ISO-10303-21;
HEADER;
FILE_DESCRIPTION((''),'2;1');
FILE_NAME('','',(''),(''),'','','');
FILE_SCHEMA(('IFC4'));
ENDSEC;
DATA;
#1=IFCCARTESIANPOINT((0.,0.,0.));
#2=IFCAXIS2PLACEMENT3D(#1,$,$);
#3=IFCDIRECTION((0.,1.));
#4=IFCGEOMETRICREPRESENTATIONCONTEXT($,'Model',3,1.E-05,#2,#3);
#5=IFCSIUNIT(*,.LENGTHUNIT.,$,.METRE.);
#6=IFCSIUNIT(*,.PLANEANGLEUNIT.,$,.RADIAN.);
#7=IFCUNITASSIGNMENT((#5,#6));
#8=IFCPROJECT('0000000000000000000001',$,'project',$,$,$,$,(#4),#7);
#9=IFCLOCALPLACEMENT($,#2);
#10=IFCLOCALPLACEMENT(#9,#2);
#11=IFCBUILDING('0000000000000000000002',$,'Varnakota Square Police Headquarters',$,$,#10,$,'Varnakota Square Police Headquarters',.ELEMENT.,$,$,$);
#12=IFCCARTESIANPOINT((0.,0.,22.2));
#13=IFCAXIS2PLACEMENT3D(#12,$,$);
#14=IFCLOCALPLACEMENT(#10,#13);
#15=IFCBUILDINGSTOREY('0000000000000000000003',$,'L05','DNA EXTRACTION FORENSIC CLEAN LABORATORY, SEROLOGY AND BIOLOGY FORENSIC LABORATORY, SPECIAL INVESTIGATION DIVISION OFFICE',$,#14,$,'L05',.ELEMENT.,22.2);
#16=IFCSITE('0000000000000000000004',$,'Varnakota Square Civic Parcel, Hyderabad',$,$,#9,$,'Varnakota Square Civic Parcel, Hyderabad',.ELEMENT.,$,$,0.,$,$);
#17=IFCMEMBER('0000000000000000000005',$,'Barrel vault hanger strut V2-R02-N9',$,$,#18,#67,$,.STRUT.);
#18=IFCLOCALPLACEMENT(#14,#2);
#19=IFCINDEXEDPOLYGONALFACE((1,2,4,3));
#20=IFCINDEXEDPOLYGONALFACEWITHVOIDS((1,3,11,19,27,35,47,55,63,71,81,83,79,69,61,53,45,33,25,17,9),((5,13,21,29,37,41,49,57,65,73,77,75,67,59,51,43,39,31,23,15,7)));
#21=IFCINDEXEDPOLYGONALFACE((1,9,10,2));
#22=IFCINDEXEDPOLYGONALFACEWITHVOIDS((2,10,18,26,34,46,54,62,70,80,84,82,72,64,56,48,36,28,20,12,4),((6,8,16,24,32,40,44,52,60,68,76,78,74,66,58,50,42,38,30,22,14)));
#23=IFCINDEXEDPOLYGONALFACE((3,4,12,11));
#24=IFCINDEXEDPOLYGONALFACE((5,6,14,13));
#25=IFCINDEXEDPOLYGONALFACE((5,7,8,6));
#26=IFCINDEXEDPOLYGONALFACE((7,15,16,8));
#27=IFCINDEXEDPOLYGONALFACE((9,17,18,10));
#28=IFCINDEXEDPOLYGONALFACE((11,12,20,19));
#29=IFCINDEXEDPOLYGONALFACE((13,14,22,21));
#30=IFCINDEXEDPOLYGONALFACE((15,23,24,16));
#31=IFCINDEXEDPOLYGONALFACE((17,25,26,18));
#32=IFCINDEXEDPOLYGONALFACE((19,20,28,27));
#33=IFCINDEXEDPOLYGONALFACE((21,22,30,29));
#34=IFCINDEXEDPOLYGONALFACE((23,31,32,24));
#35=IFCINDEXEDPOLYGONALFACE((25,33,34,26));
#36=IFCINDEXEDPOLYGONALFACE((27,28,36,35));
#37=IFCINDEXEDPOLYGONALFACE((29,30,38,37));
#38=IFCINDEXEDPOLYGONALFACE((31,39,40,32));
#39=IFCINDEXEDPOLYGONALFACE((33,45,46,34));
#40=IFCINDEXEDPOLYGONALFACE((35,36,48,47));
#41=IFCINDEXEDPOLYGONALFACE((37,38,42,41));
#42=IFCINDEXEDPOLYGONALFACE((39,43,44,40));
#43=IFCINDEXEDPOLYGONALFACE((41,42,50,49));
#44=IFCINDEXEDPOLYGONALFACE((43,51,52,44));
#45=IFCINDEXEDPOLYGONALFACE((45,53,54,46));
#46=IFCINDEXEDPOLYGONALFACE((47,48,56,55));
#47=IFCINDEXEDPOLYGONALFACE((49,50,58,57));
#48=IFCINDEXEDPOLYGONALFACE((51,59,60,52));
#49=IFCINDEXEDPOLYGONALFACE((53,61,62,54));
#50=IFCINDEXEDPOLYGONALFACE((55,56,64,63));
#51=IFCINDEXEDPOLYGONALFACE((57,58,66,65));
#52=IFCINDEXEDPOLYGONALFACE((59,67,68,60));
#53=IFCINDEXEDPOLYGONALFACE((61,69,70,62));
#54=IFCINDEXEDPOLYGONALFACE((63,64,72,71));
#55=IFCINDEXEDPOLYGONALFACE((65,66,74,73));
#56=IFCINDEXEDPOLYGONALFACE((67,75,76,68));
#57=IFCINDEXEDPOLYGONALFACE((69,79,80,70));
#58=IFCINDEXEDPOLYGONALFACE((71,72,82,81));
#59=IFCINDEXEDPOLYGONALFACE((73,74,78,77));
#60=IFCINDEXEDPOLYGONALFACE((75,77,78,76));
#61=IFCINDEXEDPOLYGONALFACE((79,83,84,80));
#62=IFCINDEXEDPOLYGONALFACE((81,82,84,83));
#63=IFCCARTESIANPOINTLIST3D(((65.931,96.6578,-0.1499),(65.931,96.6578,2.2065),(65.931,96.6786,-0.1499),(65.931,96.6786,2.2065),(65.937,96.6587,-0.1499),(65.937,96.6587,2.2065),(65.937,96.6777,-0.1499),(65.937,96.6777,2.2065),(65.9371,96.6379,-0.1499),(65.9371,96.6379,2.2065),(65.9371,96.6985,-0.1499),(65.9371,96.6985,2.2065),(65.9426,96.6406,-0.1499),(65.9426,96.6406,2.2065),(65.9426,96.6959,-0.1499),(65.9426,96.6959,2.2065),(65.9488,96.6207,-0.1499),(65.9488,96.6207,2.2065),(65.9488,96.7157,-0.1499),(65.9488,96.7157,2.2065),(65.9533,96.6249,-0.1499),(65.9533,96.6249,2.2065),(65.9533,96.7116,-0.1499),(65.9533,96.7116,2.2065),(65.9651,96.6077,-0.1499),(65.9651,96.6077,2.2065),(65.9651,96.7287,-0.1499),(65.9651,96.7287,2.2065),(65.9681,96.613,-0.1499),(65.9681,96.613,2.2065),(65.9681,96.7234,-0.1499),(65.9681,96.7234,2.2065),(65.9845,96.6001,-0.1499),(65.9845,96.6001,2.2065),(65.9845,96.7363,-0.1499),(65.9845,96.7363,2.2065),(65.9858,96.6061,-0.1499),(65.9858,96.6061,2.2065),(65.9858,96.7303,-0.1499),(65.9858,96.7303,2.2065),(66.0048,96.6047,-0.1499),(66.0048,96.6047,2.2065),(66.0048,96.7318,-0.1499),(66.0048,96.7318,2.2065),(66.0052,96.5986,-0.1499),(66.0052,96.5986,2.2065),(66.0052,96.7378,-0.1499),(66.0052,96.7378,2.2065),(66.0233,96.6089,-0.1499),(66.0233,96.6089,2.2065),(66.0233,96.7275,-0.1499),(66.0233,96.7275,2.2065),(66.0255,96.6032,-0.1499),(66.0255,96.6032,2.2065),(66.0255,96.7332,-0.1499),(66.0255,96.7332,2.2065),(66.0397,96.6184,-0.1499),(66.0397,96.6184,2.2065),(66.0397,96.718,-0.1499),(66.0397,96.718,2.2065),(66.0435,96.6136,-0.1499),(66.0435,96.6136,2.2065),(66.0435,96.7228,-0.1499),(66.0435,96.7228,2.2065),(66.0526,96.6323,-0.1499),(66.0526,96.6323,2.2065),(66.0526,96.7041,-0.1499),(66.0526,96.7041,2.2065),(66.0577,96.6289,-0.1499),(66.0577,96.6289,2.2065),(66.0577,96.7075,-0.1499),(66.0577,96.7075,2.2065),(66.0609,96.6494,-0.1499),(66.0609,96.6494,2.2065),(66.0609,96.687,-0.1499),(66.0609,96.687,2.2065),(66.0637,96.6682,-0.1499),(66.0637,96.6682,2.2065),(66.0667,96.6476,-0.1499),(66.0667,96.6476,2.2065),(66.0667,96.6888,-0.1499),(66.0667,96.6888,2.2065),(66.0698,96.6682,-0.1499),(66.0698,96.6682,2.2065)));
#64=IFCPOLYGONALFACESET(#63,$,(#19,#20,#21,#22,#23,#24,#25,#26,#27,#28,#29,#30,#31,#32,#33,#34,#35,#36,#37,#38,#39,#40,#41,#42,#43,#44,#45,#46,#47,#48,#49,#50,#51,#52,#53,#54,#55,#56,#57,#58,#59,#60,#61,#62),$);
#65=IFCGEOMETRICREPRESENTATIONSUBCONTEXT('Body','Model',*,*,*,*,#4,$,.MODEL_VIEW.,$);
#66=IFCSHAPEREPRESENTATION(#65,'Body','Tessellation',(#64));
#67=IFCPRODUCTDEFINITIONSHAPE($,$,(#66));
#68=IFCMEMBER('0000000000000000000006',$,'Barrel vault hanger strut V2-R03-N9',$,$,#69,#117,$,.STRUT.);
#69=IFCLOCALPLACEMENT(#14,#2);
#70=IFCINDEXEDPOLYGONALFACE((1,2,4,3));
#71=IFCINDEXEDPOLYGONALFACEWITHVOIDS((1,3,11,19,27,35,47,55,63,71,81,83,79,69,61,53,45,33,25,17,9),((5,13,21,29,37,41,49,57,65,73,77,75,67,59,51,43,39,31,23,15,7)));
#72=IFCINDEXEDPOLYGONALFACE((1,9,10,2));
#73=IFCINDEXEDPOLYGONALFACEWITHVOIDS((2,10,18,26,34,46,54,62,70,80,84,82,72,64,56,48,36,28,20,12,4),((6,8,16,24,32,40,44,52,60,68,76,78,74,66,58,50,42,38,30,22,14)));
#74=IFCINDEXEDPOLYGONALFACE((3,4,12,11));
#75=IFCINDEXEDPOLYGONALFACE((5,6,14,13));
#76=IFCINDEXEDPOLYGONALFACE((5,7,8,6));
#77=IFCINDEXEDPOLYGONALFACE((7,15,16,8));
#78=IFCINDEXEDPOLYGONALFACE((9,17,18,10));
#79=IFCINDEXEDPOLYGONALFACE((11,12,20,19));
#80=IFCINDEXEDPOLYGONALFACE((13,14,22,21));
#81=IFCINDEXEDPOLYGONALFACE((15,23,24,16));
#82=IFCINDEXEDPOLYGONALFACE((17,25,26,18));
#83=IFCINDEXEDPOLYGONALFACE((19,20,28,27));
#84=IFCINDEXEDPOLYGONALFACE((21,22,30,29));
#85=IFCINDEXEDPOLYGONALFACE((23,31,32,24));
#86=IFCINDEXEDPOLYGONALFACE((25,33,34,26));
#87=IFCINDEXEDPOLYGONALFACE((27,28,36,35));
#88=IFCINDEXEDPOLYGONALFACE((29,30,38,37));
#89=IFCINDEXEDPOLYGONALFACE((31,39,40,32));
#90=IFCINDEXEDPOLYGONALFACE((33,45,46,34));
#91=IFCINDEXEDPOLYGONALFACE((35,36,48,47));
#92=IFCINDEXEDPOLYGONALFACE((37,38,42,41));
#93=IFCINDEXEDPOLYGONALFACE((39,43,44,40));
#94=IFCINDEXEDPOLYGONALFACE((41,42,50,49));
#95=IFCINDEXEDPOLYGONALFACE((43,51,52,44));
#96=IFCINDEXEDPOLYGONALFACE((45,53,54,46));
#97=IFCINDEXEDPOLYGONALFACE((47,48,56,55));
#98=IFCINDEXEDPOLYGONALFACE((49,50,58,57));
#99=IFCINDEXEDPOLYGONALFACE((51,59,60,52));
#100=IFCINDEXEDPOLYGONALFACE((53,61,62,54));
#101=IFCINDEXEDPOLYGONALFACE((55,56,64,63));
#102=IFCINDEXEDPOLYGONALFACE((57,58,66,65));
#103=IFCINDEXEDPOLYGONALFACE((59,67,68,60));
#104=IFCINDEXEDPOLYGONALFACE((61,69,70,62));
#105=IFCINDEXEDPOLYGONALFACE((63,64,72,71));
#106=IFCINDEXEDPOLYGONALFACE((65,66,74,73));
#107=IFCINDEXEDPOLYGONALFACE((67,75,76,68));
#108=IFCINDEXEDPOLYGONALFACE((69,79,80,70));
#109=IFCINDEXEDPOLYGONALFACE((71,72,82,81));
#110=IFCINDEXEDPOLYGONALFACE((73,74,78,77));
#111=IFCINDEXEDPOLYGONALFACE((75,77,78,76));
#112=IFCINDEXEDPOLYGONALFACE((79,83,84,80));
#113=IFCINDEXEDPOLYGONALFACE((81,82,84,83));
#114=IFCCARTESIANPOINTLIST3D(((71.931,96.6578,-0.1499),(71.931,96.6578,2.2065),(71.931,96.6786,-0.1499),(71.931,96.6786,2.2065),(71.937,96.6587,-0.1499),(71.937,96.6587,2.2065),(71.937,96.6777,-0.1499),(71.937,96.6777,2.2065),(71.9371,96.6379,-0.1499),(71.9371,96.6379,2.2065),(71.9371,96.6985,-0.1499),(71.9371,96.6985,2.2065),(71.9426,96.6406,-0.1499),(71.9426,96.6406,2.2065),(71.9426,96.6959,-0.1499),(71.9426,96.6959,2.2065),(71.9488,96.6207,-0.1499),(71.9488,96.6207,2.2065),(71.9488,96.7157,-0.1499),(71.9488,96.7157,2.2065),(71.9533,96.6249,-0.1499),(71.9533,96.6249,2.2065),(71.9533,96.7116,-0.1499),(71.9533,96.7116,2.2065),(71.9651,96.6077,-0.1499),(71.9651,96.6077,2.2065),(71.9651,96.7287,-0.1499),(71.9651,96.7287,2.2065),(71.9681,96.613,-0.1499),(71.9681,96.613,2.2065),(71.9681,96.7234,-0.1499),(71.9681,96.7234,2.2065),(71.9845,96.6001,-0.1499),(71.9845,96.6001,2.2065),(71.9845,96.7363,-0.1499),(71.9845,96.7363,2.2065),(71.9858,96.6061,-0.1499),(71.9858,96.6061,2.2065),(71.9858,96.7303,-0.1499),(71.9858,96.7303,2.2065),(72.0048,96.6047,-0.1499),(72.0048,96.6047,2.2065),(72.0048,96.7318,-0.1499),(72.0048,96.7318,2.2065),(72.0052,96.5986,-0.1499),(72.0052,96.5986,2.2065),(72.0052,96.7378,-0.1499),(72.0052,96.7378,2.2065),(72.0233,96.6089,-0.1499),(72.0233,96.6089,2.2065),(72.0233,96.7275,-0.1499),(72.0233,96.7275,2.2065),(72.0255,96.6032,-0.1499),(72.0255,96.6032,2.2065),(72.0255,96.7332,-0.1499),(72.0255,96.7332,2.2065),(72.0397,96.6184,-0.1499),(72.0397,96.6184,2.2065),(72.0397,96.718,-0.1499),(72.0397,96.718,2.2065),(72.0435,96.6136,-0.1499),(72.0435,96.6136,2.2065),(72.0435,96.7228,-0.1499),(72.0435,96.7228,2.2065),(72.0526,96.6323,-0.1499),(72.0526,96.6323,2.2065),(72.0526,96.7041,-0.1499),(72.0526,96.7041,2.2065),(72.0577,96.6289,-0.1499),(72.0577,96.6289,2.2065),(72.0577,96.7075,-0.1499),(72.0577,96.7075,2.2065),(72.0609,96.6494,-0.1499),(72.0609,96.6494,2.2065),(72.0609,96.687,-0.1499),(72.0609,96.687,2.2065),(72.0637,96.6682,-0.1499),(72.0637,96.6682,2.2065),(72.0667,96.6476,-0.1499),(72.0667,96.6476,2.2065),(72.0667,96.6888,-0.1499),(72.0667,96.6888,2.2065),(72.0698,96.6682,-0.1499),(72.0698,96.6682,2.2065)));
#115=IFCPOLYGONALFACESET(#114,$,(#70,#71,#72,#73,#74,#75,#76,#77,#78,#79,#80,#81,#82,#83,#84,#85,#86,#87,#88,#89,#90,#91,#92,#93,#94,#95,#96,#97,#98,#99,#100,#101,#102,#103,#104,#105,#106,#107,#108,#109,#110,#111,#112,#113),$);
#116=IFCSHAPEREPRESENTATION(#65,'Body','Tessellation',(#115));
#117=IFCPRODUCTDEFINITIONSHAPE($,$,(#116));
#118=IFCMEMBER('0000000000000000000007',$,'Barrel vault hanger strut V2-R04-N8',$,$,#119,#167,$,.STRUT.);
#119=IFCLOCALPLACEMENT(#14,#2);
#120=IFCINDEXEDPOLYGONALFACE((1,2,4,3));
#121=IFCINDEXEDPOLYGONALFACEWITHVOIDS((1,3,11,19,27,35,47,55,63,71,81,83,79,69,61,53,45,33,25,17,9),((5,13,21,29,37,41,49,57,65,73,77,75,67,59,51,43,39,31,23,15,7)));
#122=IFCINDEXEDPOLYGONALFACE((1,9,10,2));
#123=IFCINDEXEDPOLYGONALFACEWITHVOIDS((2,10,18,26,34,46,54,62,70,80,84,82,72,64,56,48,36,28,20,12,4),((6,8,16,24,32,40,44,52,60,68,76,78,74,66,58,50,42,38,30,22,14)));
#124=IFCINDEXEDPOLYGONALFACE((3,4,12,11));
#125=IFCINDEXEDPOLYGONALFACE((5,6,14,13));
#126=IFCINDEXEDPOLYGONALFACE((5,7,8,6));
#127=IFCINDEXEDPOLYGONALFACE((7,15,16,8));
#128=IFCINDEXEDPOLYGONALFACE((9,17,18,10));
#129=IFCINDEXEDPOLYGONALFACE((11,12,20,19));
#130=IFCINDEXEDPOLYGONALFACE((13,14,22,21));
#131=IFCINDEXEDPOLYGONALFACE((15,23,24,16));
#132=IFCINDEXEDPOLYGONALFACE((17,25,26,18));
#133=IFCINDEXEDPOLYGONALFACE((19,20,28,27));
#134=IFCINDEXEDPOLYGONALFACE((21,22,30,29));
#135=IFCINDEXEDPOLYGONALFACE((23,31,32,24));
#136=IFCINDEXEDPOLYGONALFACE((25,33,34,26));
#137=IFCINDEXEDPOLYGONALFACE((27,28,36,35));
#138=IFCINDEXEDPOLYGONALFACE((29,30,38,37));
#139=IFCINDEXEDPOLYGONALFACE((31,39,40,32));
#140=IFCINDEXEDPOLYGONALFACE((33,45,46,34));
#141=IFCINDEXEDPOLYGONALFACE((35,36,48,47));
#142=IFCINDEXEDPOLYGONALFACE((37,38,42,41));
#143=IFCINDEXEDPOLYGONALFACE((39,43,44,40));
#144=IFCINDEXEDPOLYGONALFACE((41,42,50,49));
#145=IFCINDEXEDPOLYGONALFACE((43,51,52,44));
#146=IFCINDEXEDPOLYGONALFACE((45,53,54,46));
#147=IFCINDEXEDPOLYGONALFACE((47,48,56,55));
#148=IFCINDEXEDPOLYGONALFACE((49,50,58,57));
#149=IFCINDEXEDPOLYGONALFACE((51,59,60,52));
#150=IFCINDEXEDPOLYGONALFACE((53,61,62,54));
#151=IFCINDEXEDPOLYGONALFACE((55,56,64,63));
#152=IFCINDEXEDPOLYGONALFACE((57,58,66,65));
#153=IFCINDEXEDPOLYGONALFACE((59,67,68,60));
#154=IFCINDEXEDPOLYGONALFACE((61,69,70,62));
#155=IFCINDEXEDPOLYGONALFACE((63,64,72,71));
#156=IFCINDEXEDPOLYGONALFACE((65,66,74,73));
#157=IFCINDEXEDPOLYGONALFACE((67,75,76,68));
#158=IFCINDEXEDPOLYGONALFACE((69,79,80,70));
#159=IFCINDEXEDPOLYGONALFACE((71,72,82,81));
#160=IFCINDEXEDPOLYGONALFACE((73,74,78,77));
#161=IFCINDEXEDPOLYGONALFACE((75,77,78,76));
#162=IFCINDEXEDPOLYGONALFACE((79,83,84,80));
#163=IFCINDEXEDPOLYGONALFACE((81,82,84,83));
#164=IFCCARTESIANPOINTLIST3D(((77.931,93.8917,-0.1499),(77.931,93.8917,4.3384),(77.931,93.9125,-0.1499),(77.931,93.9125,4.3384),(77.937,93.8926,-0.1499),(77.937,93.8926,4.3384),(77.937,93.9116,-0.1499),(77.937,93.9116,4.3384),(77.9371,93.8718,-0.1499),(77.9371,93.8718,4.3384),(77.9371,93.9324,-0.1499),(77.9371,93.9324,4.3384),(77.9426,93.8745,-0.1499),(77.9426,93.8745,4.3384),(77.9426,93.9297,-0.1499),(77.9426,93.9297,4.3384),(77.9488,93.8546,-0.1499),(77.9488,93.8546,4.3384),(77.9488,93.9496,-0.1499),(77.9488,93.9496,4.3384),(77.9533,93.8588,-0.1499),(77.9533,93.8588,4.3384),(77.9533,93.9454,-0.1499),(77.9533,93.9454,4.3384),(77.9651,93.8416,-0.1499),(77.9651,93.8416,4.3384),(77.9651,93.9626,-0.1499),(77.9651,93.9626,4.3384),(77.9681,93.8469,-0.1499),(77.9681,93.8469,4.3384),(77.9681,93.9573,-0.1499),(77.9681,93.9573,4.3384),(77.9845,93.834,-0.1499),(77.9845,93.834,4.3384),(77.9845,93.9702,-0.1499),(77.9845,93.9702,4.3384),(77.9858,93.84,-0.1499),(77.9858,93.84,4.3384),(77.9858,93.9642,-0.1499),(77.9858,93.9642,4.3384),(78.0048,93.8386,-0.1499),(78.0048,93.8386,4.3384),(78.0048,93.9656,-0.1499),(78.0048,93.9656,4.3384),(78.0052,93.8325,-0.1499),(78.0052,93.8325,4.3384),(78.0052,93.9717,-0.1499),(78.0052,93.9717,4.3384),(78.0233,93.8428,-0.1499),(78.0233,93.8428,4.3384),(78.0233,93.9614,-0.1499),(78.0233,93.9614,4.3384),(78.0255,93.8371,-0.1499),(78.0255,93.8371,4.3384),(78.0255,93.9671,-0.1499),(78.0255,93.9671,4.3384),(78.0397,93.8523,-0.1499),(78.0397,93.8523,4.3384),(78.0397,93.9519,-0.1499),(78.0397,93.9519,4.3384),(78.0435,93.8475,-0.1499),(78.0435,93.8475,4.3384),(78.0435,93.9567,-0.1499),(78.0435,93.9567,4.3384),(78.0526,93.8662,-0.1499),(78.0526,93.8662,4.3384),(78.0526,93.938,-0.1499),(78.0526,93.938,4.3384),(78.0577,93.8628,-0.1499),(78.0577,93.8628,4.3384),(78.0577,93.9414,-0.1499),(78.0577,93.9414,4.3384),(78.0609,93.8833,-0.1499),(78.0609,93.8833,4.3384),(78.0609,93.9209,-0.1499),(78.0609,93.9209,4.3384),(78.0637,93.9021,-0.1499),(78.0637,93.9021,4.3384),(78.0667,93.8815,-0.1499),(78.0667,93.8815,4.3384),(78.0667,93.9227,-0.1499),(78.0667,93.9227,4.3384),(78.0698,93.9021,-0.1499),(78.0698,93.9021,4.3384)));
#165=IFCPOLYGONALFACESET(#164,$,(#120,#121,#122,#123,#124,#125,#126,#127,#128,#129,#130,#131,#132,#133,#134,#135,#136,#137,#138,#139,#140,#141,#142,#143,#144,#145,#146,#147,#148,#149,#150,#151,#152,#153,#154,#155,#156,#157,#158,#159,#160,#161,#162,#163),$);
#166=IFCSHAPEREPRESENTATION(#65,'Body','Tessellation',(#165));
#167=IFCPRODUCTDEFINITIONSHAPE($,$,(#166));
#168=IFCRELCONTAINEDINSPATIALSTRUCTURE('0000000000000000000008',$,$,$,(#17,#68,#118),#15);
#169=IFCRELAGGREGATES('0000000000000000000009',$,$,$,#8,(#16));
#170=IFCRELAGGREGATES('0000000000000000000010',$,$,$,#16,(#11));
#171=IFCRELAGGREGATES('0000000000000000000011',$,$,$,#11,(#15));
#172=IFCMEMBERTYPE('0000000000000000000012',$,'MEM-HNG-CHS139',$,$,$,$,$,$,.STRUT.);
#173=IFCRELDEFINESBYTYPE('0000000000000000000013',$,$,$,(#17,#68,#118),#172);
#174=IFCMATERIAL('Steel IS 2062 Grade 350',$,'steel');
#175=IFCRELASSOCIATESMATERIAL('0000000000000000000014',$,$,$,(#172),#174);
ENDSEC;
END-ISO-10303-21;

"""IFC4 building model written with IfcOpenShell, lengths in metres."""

from ifc_helpers import new_model, si_unit, direction, frame, origin, origin_2d, place, context, subcontext, project, spatial, hollow_circle, extrude, material, material_profile, profile_set, type_object, element, save


model = new_model("IFC4")

# Units and contexts
model_context = context("Model", 3, precision=1e-05, world=origin(), true_north=direction((0.0, 1.0)))
body_context = subcontext(model_context, "Body", "Model", "MODEL_VIEW")
ifc_project = project(units=[si_unit("LENGTHUNIT", "METRE"), si_unit("PLANEANGLEUNIT", "RADIAN")], contexts=[model_context])

# Site, building, storey
site_placement = place(None, origin())
site = spatial("IfcSite", under=ifc_project, at=site_placement, Name="Varnakota Square Civic Parcel, Hyderabad", LongName="Varnakota Square Civic Parcel, Hyderabad", CompositionType="ELEMENT", RefElevation=0.0)
building_placement = place(site_placement, origin())
building = spatial("IfcBuilding", under=site, at=building_placement, Name="Varnakota Square Police Headquarters", LongName="Varnakota Square Police Headquarters", CompositionType="ELEMENT")
storey_placement = place(building_placement, frame((0.0, 0.0, 22.2)))
storey = spatial("IfcBuildingStorey", under=building, at=storey_placement, Name="L05", Description="DNA EXTRACTION FORENSIC CLEAN LABORATORY, SEROLOGY AND BIOLOGY FORENSIC LABORATORY, SPECIAL INVESTIGATION DIVISION OFFICE", LongName="L05", CompositionType="ELEMENT", Elevation=22.2)

# Shared definitions
ifc_material_1 = material(Name="Steel IS 2062 Grade 350", Category="steel")

# Members
ifc_material_profile_1 = material_profile(ifc_material_1, hollow_circle(Radius=0.0698, WallThickness=0.0061, at=origin_2d()), Name="CHS 139.7x6.0")
ifc_profile_set_1 = profile_set([ifc_material_profile_1], Name="Steel IS 2062 Grade 350")
member_type_1 = type_object("IfcMemberType", Name="MEM-HNG-CHS139", PredefinedType="STRUT", material=ifc_profile_set_1)
for number, where, z_axis, x_axis, name in (
    (1, (66.0, 96.6682, -0.1499), (0.0, 0.0, 1.0), (1.0, 0.0, 0.0), "Barrel vault hanger strut V2-R02-N9"),
    (2, (72.0, 96.6682, -0.1499), (0.0, 0.0, 1.0), (1.0, 0.0, 0.0), "Barrel vault hanger strut V2-R03-N9"),
):
    element("IfcMember", number, at=place(storey_placement, frame(where, z_axis=z_axis, x_axis=x_axis)), inside=storey, type_object=member_type_1, Name=name, PredefinedType="STRUT", context=body_context, shape_type="SweptSolid", body=[
        extrude(hollow_circle(Radius=0.0698, WallThickness=0.0061, at=origin_2d()), origin(), (0.0, 0.0, 1.0), 2.3564),
    ])
member_1_placement = place(storey_placement, frame((78.0, 93.9021, -0.1499), z_axis=(0.0, 0.0, 1.0), x_axis=(1.0, 0.0, 0.0)))
element("IfcMember", 3, at=member_1_placement, inside=storey, type_object=member_type_1, Name="Barrel vault hanger strut V2-R04-N8", PredefinedType="STRUT", context=body_context, shape_type="SweptSolid", body=[
    extrude(hollow_circle(Radius=0.0698, WallThickness=0.0061, at=origin_2d()), origin(), (0.0, 0.0, 1.0), 4.4883),
])

save(model, "model.ifc")
